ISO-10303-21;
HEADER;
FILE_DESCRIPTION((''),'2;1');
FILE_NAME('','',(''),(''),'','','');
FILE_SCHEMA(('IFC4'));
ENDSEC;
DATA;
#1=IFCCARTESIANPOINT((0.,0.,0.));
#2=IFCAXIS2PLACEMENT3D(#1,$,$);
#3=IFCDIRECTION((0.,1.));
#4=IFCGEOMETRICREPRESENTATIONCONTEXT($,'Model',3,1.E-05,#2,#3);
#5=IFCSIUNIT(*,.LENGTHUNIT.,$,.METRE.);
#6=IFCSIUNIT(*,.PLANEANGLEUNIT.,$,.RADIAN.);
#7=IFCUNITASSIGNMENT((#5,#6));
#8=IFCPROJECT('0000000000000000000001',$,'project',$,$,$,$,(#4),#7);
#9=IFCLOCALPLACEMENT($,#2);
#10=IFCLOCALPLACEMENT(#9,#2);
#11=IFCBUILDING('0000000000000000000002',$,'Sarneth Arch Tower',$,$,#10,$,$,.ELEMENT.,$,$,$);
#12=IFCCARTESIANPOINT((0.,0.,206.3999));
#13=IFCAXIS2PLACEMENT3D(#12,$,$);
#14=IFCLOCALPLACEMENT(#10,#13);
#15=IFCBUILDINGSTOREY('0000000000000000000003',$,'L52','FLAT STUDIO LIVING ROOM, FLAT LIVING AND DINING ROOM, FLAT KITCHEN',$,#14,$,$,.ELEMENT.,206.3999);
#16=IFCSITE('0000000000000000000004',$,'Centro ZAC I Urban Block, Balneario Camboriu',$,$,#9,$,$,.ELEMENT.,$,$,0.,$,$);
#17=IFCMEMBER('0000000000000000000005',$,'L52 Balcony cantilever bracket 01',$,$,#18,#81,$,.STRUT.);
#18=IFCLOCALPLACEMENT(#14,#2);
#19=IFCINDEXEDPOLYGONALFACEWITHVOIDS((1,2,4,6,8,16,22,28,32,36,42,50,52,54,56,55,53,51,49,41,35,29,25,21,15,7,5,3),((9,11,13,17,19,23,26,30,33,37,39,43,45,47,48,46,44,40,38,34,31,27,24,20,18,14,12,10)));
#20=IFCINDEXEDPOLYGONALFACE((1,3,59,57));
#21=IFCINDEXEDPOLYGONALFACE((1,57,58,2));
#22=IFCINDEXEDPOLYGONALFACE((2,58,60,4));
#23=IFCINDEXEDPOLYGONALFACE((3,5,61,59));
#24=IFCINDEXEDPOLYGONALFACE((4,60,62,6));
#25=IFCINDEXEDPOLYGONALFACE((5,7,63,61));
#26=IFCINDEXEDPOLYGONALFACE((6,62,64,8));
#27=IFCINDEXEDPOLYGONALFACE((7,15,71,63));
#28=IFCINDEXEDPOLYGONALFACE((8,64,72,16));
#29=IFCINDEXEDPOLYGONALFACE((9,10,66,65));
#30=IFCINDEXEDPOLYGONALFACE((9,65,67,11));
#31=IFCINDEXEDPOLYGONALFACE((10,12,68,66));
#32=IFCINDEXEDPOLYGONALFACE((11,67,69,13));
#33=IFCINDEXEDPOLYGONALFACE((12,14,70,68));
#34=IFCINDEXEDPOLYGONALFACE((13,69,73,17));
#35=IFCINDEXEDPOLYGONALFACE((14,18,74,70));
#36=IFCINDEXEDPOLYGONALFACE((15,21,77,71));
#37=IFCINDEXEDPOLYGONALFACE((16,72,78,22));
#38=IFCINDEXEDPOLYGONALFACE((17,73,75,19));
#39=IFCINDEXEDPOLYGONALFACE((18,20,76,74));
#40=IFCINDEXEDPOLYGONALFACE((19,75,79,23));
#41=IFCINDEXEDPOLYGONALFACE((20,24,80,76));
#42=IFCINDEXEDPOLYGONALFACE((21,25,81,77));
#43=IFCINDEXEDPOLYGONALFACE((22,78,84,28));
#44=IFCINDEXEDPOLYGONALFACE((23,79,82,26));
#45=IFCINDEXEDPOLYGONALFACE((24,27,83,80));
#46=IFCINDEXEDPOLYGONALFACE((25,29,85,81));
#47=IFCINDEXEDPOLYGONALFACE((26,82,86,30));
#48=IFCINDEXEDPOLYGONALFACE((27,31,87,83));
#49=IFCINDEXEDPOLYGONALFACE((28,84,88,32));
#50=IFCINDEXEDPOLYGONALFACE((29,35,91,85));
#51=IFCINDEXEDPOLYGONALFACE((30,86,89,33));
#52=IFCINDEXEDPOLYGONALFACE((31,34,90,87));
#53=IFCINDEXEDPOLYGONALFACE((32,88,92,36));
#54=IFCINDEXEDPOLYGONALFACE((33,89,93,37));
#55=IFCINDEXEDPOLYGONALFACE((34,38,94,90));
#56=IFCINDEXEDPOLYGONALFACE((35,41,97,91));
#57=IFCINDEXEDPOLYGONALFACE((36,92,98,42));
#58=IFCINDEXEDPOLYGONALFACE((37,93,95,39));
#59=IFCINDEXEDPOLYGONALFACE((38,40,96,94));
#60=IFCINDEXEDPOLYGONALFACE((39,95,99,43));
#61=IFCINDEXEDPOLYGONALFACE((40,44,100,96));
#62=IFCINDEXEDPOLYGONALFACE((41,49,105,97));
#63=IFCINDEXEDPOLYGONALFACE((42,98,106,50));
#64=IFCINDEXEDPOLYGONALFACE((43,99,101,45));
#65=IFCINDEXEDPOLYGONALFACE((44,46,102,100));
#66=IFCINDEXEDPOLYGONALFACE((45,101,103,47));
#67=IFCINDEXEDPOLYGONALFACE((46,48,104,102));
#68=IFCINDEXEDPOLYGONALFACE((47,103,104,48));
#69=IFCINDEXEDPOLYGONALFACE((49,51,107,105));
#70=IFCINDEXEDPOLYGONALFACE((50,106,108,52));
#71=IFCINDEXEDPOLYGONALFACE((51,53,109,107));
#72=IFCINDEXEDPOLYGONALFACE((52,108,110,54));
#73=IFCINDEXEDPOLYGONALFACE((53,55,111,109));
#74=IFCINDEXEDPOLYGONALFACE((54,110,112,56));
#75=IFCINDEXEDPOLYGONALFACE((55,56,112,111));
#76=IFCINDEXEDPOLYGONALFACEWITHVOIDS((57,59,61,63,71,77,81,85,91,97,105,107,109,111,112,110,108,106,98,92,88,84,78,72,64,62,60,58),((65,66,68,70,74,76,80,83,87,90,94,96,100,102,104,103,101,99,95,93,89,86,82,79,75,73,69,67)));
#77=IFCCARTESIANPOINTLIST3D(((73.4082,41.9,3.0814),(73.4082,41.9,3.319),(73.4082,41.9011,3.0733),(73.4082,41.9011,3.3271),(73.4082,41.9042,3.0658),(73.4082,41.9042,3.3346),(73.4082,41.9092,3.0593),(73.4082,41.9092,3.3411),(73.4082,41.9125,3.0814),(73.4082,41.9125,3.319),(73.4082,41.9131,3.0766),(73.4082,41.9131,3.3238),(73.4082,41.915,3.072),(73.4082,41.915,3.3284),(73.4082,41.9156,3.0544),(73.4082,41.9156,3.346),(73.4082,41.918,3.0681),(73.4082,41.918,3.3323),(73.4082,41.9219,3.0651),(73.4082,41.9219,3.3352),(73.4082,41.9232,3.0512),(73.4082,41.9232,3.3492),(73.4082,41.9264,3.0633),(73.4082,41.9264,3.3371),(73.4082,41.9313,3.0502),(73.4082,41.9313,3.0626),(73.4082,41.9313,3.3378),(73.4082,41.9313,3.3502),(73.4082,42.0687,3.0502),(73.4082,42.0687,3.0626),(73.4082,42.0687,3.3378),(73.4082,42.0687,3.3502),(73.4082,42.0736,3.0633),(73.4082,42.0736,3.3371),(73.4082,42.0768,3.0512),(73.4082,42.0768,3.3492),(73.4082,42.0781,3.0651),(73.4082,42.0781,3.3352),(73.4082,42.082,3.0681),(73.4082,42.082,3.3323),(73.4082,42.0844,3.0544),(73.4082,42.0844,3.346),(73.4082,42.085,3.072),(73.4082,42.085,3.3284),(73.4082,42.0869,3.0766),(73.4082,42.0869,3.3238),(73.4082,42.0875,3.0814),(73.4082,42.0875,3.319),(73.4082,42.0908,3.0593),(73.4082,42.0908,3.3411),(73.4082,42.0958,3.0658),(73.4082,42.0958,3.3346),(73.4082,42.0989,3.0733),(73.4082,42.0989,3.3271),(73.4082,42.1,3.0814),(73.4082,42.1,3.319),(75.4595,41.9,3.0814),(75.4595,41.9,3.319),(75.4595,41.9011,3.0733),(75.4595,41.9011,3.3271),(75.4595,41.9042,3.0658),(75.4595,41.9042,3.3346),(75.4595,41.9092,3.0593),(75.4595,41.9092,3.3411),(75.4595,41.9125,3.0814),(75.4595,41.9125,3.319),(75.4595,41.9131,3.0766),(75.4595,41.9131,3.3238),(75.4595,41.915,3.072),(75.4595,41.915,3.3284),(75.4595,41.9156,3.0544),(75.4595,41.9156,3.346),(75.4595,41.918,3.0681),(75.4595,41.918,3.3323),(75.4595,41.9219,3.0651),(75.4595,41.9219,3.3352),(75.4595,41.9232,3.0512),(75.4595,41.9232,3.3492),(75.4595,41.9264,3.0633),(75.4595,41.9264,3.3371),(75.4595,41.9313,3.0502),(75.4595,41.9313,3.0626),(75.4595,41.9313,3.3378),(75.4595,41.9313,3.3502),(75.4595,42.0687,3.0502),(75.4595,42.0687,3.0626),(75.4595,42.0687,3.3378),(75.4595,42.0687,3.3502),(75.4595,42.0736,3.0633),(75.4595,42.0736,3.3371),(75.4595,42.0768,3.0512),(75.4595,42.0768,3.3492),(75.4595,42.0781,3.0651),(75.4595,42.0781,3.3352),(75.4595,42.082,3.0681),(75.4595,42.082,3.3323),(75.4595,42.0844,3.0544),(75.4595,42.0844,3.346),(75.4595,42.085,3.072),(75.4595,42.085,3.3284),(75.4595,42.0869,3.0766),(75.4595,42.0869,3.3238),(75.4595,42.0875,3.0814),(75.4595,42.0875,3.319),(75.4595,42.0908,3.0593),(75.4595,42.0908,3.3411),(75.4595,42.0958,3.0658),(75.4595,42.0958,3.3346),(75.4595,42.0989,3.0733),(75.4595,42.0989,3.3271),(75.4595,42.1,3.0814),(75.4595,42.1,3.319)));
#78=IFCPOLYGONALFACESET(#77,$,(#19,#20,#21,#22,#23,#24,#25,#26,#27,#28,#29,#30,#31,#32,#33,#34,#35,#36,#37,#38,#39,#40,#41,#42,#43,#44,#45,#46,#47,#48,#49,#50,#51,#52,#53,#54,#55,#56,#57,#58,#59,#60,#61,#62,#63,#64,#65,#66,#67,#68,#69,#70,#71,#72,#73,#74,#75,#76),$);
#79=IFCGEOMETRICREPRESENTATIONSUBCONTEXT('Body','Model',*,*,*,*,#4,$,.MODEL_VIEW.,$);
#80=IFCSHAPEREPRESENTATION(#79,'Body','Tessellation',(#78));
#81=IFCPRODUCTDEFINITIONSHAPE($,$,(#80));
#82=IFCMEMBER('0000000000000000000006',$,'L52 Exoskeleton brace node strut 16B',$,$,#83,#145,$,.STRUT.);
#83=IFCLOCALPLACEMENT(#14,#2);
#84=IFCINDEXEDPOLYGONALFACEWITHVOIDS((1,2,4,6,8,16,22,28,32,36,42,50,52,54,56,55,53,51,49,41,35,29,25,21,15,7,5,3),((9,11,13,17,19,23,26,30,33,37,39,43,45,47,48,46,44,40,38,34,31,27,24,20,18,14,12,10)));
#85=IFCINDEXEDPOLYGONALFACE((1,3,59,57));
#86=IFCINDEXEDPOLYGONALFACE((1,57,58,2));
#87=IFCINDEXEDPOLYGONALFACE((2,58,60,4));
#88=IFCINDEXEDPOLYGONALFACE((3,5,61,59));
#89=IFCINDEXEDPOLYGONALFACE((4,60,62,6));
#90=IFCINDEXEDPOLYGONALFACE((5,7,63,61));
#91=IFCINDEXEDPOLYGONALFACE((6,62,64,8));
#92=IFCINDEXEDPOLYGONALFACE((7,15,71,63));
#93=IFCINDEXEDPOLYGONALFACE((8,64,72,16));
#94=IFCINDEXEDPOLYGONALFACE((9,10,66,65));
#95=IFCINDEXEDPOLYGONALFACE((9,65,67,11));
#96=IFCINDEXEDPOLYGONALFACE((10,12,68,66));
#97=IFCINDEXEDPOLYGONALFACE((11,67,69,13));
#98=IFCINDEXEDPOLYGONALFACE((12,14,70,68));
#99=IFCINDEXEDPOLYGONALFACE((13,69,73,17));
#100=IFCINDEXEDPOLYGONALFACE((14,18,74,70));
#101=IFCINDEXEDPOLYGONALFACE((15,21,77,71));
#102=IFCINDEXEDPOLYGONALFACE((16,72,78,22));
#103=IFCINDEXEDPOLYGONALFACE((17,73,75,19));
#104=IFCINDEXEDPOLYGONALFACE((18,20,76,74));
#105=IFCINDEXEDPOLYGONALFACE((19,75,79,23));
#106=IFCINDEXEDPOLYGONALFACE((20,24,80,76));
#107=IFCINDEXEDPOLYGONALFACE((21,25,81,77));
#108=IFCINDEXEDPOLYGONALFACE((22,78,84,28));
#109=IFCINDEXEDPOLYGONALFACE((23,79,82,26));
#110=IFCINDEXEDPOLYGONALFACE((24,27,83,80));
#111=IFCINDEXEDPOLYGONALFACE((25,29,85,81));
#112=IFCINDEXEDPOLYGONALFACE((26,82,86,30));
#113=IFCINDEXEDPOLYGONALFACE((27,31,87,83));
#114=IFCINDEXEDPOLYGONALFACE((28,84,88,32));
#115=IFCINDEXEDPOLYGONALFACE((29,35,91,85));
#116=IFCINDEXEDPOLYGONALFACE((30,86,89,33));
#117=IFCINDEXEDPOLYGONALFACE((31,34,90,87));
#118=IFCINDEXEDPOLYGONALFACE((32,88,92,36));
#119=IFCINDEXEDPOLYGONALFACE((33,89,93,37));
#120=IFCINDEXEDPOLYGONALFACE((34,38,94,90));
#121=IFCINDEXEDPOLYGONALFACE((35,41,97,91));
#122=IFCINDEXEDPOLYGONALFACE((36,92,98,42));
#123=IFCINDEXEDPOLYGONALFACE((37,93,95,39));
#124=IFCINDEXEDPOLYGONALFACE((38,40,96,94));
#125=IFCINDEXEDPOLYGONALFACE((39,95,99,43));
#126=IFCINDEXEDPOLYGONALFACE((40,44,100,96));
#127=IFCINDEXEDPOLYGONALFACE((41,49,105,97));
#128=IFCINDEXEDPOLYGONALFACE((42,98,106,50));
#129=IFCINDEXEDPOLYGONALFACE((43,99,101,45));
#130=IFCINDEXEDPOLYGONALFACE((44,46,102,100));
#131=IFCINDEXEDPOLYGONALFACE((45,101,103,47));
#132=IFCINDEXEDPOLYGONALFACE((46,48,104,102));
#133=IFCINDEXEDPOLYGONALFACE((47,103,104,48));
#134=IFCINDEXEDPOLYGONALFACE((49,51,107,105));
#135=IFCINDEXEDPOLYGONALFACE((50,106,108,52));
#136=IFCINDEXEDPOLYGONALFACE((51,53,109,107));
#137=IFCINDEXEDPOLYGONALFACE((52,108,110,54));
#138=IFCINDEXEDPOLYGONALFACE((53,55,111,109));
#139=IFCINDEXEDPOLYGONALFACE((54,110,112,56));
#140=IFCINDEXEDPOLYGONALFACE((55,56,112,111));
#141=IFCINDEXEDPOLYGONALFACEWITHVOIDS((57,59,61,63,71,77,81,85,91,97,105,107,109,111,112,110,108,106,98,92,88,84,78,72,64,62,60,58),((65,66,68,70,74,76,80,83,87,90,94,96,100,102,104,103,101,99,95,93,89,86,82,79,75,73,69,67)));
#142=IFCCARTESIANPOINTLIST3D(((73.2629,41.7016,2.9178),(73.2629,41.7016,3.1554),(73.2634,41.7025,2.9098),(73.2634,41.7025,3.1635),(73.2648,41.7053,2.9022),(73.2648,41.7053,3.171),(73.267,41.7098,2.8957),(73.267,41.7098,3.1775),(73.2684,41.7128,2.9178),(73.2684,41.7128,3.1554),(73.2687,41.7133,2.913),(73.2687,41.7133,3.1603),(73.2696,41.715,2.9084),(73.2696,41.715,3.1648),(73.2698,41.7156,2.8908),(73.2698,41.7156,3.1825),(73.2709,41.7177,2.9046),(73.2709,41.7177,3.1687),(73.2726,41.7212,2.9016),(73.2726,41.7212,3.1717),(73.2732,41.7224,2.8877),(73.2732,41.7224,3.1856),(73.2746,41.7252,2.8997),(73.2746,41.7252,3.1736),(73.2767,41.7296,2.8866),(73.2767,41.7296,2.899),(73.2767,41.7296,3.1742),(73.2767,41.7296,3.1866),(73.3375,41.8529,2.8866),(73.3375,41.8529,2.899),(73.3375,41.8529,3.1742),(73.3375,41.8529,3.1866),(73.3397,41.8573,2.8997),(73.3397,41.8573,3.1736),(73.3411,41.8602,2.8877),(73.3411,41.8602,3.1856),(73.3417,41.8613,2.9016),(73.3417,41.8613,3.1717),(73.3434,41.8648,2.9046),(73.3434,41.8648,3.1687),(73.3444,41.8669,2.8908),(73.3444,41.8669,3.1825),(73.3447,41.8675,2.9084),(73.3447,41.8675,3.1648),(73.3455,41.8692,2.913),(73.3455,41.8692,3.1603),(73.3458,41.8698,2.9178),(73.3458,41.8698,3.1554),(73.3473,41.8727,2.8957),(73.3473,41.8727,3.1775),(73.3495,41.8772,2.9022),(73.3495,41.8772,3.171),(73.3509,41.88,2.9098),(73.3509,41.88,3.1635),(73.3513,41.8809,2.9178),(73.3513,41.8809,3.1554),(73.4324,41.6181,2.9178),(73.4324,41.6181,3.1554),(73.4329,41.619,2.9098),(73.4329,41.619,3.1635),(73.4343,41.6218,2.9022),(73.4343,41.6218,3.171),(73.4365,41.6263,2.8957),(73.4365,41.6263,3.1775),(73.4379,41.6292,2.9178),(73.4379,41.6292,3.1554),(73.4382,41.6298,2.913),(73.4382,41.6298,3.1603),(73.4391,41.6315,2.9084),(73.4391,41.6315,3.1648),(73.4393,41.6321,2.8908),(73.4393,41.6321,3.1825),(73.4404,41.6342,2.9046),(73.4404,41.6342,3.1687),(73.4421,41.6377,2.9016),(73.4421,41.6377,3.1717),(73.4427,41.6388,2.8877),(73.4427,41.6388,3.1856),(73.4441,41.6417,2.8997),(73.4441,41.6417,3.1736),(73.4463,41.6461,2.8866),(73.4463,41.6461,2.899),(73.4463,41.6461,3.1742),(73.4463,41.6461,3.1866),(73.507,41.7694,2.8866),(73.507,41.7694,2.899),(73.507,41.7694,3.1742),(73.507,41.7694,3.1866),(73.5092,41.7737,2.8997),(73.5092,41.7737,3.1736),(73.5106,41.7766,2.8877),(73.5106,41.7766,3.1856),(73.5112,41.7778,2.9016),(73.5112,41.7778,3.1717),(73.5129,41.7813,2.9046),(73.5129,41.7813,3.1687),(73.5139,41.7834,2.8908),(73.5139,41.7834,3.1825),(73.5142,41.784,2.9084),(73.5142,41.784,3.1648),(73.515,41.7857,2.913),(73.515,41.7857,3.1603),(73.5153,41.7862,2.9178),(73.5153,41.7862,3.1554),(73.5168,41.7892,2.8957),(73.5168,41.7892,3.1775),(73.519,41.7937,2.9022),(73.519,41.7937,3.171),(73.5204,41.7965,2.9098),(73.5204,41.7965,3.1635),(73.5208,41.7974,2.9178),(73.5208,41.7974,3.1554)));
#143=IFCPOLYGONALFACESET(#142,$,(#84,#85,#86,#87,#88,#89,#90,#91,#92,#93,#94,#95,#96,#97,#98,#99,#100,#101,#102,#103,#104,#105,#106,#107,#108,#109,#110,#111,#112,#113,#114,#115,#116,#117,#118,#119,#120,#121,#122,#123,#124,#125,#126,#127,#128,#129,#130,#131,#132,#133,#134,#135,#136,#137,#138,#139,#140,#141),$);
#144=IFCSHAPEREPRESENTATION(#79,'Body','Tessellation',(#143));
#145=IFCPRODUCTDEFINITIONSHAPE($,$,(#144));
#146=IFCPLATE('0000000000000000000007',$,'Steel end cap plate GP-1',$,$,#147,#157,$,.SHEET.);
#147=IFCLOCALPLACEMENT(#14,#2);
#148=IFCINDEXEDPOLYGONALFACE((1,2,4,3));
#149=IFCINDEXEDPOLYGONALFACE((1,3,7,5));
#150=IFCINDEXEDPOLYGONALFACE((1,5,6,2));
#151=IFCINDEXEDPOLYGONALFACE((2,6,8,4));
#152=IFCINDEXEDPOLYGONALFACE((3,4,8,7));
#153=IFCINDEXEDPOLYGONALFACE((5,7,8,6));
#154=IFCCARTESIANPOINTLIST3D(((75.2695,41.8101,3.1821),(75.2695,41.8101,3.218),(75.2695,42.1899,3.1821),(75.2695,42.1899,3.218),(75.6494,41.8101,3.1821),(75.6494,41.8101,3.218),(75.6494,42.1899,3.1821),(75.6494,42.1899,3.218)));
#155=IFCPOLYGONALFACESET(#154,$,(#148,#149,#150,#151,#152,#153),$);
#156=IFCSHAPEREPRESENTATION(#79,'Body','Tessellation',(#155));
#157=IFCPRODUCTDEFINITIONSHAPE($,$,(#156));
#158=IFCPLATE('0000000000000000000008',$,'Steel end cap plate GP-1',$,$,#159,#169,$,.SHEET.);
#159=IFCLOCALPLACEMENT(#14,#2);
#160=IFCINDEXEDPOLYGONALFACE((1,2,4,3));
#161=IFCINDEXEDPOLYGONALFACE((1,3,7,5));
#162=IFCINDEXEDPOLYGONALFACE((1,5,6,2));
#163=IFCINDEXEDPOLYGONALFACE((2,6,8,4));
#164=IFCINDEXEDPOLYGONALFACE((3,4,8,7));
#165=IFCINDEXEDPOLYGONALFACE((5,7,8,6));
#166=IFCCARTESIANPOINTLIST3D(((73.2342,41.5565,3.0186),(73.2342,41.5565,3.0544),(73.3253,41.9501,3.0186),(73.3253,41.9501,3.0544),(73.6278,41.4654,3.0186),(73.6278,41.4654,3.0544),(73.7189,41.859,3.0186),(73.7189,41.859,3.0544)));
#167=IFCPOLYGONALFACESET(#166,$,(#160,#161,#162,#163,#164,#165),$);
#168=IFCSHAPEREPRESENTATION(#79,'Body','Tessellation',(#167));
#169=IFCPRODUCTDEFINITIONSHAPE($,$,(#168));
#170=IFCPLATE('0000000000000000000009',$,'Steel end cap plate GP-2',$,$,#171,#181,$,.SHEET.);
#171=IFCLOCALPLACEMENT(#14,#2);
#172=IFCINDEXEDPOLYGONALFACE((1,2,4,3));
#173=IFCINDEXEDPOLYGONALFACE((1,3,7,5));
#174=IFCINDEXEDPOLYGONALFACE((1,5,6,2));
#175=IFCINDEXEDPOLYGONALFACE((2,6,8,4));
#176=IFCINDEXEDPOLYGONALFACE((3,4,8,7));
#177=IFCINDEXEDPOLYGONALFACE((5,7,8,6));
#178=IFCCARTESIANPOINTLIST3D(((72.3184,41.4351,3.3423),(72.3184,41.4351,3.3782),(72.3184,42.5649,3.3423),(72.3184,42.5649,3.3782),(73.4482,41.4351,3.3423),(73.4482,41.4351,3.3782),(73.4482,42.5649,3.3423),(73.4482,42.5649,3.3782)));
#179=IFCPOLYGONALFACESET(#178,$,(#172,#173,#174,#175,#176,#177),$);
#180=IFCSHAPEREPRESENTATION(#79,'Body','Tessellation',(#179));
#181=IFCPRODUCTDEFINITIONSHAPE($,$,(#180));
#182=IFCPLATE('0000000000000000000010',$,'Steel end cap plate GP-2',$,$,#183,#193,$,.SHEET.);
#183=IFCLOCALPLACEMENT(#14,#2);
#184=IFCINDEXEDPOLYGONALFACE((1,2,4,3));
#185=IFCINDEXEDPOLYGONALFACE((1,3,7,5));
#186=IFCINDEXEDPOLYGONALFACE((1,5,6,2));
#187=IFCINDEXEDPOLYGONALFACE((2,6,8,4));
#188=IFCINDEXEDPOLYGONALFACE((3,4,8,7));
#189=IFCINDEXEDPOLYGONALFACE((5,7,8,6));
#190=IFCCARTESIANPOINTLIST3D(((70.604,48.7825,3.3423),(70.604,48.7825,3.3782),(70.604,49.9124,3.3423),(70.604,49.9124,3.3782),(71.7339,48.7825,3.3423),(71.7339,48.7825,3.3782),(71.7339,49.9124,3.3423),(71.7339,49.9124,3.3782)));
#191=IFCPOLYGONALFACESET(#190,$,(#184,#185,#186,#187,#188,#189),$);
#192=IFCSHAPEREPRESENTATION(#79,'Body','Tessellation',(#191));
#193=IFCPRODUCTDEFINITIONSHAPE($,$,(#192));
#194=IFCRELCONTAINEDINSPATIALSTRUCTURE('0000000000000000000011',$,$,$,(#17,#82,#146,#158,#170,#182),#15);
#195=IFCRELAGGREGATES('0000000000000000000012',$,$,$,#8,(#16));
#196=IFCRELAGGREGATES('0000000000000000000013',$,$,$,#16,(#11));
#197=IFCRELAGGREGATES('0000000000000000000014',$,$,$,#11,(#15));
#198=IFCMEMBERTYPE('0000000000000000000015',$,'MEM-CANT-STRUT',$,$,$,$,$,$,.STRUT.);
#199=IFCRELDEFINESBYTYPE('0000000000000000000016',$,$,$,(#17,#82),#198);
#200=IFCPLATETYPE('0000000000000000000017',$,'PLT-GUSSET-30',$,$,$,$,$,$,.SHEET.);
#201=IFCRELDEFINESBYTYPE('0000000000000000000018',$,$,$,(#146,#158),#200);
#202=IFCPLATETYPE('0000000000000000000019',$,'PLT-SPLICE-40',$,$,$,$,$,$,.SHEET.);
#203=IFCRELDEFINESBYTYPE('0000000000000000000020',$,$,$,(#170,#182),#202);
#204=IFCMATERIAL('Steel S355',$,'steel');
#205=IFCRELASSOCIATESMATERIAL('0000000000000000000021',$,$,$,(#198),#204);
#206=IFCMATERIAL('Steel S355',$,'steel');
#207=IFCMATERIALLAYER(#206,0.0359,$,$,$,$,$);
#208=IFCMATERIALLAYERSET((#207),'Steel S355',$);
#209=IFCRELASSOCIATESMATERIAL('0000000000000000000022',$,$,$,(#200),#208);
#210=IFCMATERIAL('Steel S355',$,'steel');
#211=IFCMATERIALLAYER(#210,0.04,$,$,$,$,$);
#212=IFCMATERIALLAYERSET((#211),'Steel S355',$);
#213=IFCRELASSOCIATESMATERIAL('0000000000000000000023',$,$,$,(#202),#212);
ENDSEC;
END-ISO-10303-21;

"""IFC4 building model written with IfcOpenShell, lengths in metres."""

from ifc_helpers import new_model, si_unit, direction, frame, origin, origin_2d, place, context, subcontext, project, spatial, rectangle, hollow_rectangle, extrude, material, layer, layer_set, material_profile, profile_set, type_object, element, save


model = new_model("IFC4")

# Units and contexts
model_context = context("Model", 3, precision=1e-05, world=origin(), true_north=direction((0.0, 1.0)))
body_context = subcontext(model_context, "Body", "Model", "MODEL_VIEW")
ifc_project = project(units=[si_unit("LENGTHUNIT", "METRE"), si_unit("PLANEANGLEUNIT", "RADIAN")], contexts=[model_context])

# Site, building, storey
site_placement = place(None, origin())
site = spatial("IfcSite", under=ifc_project, at=site_placement, Name="Centro ZAC I Urban Block, Balneario Camboriu", CompositionType="ELEMENT", RefElevation=0.0)
building_placement = place(site_placement, origin())
building = spatial("IfcBuilding", under=site, at=building_placement, Name="Sarneth Arch Tower", CompositionType="ELEMENT")
storey_placement = place(building_placement, frame((0.0, 0.0, 206.3999)))
storey = spatial("IfcBuildingStorey", under=building, at=storey_placement, Name="L52", Description="FLAT STUDIO LIVING ROOM, FLAT LIVING AND DINING ROOM, FLAT KITCHEN", CompositionType="ELEMENT", Elevation=206.3999)

# Members
ifc_material_1 = material(Name="Steel S355", Category="steel")
ifc_material_profile_1 = material_profile(ifc_material_1, hollow_rectangle(XDim=0.2, YDim=0.3, WallThickness=0.0125, InnerFilletRadius=0.0188, OuterFilletRadius=0.0312, at=origin_2d()), Name="RHS300x200x12.5")
ifc_profile_set_1 = profile_set([ifc_material_profile_1], Name="Steel S355")
member_type_1 = type_object("IfcMemberType", Name="MEM-CANT-STRUT", PredefinedType="STRUT", material=ifc_profile_set_1)
member_1_placement = place(storey_placement, frame((73.4082, 42.0, 3.2002), z_axis=(1.0, 0.0, 0.0), x_axis=(0.0, 1.0, 0.0)))
element("IfcMember", 1, at=member_1_placement, inside=storey, type_object=member_type_1, Name="L52 Balcony cantilever bracket 01", PredefinedType="STRUT", context=body_context, shape_type="SweptSolid", body=[
    extrude(hollow_rectangle(XDim=0.2, YDim=0.3, WallThickness=0.0125, InnerFilletRadius=0.0188, OuterFilletRadius=0.0312, at=origin_2d()), origin(), (0.0, 0.0, 1.0), 2.0513),
])
member_2_placement = place(storey_placement, frame((73.3071, 41.7913, 3.0366), z_axis=(0.896997, -0.442036, 0.0), x_axis=(0.442036, 0.896997, 0.0)))
element("IfcMember", 2, at=member_2_placement, inside=storey, type_object=member_type_1, Name="L52 Exoskeleton brace node strut 16B", PredefinedType="STRUT", context=body_context, shape_type="SweptSolid", body=[
    extrude(hollow_rectangle(XDim=0.2, YDim=0.3, WallThickness=0.0125, InnerFilletRadius=0.0188, OuterFilletRadius=0.0312, at=origin_2d()), origin(), (0.0, 0.0, 1.0), 0.189),
])

# Plates
ifc_material_2 = material(Name="Steel S355", Category="steel")
ifc_layer_1 = layer(ifc_material_2, 0.0359)
ifc_layer_set_1 = layer_set([ifc_layer_1], Name="Steel S355")
plate_type_1 = type_object("IfcPlateType", Name="PLT-GUSSET-30", PredefinedType="SHEET", material=ifc_layer_set_1)
plate_1_placement = place(storey_placement, frame((75.4595, 42.0, 3.1821), z_axis=(0.0, 0.0, 1.0), x_axis=(1.0, 0.0, 0.0)))
element("IfcPlate", 3, at=plate_1_placement, inside=storey, type_object=plate_type_1, Name="Steel end cap plate GP-1", PredefinedType="SHEET", context=body_context, shape_type="SweptSolid", body=[
    extrude(rectangle(XDim=0.3799, YDim=0.3799, at=origin_2d()), origin(), (0.0, 0.0, 1.0), 0.0359),
])
plate_2_placement = place(storey_placement, frame((73.4766, 41.7078, 3.0186), z_axis=(0.0, 0.0, 1.0), x_axis=(0.225461, 0.974252, 0.0)))
element("IfcPlate", 4, at=plate_2_placement, inside=storey, type_object=plate_type_1, Name="Steel end cap plate GP-1", PredefinedType="SHEET", context=body_context, shape_type="SweptSolid", body=[
    extrude(rectangle(XDim=0.4041, YDim=0.4041, at=origin_2d()), origin(), (0.0, 0.0, 1.0), 0.0359),
])
ifc_material_3 = material(Name="Steel S355", Category="steel")
ifc_layer_2 = layer(ifc_material_3, 0.04)
ifc_layer_set_2 = layer_set([ifc_layer_2], Name="Steel S355")
plate_type_2 = type_object("IfcPlateType", Name="PLT-SPLICE-40", PredefinedType="SHEET", material=ifc_layer_set_2)
for number, where, z_axis, x_axis, name in (
    (5, (72.8833, 42.0, 3.3423), (0.0, 0.0, 1.0), (1.0, 0.0, 0.0), "Steel end cap plate GP-2"),
    (6, (71.1689, 49.3474, 3.3423), (0.0, 0.0, 1.0), (1.0, 0.0, 0.0), "Steel end cap plate GP-2"),
):
    element("IfcPlate", number, at=place(storey_placement, frame(where, z_axis=z_axis, x_axis=x_axis)), inside=storey, type_object=plate_type_2, Name=name, PredefinedType="SHEET", context=body_context, shape_type="SweptSolid", body=[
        extrude(rectangle(XDim=1.1299, YDim=1.1299, at=origin_2d()), origin(), (0.0, 0.0, 1.0), 0.0359),
    ])

save(model, "model.ifc")
